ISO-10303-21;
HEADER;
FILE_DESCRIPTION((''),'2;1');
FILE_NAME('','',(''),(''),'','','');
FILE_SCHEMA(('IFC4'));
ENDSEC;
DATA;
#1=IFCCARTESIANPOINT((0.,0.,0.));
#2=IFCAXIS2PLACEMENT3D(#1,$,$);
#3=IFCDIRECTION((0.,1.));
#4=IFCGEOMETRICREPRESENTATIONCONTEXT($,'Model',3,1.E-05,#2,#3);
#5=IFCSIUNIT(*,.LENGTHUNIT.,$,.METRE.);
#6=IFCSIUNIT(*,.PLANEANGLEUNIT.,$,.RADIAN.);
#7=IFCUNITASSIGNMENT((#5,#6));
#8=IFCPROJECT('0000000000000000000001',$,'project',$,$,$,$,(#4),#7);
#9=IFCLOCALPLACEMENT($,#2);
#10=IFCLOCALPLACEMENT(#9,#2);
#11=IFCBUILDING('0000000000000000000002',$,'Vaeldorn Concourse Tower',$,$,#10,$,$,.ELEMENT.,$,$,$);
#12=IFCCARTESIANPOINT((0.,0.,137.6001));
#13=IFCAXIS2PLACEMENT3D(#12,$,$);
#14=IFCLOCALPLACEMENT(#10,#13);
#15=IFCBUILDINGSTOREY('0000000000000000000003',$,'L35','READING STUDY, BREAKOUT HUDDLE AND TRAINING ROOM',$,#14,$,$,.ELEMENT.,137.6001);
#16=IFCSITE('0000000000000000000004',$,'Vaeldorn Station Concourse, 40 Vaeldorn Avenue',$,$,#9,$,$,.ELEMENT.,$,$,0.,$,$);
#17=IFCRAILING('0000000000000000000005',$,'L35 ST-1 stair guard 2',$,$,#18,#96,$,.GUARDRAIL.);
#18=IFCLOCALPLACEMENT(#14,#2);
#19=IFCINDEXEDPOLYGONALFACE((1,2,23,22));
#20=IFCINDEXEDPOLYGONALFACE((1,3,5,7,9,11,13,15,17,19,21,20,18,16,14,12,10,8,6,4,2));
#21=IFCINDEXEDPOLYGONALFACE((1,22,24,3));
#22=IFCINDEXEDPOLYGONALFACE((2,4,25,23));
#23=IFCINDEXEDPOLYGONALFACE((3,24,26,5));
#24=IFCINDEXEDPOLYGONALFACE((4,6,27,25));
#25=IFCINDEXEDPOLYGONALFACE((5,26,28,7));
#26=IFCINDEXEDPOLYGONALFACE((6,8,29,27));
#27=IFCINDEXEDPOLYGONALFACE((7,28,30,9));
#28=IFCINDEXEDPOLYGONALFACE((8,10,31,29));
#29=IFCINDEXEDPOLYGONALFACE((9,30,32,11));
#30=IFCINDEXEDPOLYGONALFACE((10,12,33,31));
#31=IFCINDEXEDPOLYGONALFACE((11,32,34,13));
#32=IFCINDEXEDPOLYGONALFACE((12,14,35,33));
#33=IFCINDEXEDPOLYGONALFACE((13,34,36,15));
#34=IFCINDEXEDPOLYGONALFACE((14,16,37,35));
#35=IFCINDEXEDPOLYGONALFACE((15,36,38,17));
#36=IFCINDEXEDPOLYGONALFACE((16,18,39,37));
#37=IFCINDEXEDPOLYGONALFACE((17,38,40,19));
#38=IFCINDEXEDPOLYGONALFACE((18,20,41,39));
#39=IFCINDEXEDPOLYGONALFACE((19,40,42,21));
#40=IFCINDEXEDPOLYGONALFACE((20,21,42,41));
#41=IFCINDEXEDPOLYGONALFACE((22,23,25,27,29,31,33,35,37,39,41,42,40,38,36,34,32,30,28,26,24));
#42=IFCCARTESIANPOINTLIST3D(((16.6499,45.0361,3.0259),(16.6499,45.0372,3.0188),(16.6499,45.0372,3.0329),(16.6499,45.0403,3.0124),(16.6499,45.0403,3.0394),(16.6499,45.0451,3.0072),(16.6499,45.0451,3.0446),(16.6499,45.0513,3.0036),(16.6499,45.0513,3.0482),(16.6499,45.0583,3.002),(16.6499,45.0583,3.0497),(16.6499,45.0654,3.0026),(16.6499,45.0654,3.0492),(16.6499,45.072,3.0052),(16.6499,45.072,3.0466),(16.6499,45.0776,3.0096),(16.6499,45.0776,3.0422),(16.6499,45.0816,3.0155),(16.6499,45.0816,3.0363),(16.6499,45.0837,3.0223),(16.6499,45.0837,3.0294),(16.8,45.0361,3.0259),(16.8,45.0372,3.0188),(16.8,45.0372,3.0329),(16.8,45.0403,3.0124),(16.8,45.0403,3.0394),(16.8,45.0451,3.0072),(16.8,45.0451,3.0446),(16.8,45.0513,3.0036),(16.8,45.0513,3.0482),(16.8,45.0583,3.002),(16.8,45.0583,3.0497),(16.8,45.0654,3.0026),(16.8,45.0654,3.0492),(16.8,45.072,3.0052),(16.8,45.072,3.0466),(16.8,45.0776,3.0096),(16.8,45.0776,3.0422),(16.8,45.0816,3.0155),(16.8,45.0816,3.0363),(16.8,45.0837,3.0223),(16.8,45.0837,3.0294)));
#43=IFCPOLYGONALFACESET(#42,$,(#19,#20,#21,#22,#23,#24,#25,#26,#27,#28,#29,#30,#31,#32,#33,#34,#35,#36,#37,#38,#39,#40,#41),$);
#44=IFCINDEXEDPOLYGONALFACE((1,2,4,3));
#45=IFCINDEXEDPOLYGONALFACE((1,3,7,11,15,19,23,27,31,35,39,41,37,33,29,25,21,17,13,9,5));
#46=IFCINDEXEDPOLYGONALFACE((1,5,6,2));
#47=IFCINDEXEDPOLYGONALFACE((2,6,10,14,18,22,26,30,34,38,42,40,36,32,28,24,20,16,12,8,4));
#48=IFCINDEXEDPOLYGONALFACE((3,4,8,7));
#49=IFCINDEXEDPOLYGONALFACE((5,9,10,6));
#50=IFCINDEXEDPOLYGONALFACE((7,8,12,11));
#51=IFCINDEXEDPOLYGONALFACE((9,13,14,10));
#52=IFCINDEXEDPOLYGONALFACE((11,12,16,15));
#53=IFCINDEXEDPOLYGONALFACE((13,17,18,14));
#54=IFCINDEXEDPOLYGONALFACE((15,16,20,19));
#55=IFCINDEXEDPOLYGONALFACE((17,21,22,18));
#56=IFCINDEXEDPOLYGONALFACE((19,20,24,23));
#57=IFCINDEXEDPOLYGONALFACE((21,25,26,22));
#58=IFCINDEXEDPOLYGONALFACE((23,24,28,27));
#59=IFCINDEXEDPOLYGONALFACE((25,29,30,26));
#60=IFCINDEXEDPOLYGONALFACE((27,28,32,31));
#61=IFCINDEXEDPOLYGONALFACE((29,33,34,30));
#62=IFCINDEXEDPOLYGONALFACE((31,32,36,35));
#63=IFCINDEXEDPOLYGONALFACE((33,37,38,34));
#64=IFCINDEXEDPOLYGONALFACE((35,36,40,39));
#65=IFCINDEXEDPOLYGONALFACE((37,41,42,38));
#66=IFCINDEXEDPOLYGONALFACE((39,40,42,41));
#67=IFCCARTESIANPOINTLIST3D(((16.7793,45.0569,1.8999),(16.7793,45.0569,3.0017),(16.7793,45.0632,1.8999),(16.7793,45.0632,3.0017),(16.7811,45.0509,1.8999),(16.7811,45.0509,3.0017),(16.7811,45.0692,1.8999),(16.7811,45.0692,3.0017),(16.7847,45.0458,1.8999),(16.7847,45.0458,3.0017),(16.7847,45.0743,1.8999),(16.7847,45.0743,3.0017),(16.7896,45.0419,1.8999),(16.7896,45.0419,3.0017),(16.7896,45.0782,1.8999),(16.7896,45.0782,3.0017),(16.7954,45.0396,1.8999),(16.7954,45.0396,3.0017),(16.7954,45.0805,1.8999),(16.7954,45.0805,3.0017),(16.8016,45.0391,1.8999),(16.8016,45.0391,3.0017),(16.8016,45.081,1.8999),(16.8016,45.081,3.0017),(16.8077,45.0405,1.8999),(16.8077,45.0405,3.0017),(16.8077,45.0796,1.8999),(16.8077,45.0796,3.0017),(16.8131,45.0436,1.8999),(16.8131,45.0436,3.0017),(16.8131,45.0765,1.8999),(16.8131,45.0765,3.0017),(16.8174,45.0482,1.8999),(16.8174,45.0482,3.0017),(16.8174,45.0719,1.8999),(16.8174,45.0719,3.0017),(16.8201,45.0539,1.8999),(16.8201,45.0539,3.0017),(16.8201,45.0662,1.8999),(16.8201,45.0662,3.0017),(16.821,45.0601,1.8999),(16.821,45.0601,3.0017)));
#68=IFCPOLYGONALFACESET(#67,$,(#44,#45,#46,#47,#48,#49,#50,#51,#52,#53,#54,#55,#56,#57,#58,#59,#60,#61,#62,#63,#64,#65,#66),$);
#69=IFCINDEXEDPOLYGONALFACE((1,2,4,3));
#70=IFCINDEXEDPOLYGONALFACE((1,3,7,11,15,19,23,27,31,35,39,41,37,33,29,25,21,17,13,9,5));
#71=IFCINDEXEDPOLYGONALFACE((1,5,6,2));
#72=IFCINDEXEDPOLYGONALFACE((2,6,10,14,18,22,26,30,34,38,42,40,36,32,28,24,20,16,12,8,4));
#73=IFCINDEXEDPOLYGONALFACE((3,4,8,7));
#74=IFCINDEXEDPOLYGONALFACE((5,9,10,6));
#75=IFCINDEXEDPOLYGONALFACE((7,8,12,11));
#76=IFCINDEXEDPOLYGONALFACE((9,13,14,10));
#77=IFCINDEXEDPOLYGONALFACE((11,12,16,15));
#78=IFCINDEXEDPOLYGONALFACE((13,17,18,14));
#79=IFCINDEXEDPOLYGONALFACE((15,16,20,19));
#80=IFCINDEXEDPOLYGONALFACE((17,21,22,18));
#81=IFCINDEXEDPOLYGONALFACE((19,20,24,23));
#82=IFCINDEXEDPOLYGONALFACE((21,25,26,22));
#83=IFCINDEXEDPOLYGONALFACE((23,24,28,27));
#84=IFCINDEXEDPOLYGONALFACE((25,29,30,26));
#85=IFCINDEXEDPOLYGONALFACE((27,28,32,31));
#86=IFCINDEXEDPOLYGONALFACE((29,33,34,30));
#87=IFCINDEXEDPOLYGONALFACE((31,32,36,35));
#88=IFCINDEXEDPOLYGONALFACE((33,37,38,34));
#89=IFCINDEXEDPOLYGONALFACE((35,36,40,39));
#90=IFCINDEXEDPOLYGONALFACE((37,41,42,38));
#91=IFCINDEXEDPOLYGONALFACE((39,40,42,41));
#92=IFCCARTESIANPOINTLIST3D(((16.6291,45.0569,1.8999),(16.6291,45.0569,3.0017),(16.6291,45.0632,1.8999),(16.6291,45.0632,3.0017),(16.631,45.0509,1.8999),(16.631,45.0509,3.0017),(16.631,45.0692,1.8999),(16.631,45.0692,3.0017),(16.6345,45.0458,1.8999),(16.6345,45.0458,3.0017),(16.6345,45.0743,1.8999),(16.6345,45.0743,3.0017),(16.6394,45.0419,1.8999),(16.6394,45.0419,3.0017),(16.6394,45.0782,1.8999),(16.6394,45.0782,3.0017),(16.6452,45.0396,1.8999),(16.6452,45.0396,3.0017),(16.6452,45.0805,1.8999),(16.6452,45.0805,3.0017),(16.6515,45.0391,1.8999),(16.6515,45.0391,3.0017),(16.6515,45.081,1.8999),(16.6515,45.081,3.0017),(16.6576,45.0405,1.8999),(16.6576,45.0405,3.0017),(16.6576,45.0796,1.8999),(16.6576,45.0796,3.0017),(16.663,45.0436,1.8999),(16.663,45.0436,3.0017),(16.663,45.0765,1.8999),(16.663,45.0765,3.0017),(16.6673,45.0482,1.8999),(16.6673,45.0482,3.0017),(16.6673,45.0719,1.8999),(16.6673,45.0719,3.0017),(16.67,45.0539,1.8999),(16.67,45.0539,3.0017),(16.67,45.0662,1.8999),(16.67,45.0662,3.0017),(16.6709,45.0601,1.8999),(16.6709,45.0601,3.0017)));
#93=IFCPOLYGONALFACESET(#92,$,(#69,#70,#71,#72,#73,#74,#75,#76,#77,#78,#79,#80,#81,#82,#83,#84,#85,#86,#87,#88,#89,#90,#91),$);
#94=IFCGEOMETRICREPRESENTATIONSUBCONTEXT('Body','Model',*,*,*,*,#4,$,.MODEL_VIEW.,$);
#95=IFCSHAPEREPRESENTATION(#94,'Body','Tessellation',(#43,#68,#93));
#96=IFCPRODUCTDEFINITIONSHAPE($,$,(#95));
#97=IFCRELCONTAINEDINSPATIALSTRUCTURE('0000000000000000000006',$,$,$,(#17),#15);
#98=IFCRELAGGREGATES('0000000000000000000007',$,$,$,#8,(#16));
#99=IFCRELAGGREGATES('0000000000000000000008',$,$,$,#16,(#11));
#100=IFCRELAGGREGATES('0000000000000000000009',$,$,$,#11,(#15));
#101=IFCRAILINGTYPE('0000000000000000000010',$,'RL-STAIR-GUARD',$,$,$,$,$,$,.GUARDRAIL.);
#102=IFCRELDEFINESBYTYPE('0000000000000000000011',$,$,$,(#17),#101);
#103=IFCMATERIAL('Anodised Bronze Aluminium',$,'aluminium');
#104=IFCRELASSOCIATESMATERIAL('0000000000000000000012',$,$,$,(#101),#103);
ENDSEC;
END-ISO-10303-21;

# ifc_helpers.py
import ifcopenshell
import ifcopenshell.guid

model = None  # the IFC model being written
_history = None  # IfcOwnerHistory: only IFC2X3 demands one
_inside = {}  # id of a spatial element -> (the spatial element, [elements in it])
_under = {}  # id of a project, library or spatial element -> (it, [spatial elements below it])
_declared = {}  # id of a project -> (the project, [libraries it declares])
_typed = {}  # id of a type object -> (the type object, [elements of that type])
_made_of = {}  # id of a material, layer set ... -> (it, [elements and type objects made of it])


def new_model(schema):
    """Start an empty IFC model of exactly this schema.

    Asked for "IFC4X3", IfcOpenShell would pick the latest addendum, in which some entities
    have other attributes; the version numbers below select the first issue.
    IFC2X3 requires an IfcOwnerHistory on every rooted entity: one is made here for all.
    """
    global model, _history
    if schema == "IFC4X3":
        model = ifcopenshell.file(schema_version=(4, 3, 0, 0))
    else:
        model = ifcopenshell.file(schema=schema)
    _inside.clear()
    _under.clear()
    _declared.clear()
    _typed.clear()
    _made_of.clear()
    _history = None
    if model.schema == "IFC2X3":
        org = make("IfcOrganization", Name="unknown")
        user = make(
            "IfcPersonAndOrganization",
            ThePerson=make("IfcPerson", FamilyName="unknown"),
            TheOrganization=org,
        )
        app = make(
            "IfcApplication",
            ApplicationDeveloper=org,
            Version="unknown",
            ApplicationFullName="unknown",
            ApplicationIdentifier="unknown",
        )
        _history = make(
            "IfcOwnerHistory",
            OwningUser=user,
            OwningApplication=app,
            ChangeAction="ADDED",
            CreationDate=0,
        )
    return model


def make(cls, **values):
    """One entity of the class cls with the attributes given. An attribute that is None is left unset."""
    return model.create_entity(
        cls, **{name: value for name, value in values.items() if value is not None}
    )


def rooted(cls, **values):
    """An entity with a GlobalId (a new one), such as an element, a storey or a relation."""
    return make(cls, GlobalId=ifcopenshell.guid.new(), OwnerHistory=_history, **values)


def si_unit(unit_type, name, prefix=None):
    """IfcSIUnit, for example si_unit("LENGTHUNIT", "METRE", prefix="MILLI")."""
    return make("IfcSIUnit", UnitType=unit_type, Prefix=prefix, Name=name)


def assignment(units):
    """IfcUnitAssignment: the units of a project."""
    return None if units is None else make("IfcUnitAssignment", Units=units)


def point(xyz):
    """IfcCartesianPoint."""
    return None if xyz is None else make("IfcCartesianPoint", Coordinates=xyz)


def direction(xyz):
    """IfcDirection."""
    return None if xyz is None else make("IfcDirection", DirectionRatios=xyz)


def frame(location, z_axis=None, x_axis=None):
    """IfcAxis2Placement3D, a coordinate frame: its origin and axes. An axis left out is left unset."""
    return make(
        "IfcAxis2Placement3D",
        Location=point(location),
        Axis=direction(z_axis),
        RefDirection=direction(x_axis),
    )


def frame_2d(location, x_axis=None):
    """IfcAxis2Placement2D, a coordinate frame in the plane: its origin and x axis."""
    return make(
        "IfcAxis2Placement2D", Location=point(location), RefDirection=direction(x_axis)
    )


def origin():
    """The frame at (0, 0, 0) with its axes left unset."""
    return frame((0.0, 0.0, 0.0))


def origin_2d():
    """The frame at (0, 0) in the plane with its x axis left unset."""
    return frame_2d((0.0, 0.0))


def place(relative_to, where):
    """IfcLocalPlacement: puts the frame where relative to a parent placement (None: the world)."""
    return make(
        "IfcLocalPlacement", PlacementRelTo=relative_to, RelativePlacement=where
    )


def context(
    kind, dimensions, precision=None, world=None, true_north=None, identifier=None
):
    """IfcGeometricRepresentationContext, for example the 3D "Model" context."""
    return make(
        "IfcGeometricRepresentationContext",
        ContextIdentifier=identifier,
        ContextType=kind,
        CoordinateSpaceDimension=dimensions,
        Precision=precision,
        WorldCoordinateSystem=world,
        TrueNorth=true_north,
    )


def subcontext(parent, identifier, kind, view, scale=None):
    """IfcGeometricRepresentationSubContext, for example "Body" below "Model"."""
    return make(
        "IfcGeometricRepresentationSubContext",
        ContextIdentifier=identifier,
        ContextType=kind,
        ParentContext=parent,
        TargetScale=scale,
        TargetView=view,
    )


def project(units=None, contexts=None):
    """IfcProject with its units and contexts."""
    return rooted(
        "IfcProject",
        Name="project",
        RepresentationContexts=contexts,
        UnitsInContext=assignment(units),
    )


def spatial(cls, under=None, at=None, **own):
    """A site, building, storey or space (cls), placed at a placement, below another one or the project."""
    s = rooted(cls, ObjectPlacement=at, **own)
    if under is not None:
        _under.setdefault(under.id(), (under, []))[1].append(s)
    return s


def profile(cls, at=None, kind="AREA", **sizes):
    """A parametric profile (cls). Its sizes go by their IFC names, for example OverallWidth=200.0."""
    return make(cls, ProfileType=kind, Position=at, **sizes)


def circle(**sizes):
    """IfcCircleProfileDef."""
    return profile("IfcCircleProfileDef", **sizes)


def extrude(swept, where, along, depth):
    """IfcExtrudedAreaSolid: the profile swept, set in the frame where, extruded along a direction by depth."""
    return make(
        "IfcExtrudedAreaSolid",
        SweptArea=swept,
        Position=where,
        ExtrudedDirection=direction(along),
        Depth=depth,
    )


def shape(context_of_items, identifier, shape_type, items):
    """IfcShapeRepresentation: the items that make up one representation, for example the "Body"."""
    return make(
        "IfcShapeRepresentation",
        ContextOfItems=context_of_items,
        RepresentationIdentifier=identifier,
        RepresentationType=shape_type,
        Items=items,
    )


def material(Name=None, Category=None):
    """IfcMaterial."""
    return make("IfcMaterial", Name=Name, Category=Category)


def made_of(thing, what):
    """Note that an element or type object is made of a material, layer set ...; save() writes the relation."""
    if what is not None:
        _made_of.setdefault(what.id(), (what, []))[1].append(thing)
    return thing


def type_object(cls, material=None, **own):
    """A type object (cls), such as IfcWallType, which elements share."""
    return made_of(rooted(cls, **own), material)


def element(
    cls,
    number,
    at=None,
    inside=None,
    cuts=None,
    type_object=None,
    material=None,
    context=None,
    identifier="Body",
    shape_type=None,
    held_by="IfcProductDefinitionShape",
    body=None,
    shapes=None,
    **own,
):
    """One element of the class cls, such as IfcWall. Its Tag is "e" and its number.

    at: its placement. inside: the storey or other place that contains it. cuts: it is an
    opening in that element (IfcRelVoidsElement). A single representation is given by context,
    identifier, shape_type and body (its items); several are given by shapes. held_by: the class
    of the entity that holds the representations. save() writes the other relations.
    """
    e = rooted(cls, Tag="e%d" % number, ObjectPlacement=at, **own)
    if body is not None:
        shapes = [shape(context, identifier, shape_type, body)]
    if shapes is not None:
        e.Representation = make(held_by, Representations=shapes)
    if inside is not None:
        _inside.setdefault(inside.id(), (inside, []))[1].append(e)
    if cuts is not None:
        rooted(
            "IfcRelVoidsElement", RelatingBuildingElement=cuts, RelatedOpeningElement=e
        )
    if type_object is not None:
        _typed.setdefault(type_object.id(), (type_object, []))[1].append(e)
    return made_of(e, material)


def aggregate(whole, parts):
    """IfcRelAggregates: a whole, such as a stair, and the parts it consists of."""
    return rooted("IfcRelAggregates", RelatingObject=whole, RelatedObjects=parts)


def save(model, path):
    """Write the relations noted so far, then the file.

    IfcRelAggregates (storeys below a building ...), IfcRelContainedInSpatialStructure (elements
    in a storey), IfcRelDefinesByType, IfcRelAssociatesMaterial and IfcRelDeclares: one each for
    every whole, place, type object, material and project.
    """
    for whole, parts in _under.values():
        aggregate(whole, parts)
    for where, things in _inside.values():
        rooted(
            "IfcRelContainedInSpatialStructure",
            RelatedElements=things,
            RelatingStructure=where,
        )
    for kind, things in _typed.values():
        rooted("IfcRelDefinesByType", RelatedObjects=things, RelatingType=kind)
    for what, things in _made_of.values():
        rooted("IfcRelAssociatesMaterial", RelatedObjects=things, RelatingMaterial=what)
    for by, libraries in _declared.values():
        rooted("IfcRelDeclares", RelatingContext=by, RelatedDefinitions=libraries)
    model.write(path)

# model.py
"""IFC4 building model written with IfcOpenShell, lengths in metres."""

from ifc_helpers import new_model, si_unit, direction, frame, origin, origin_2d, place, context, subcontext, project, spatial, circle, extrude, material, type_object, element, save


model = new_model("IFC4")

# Units and contexts
model_context = context("Model", 3, precision=1e-05, world=origin(), true_north=direction((0.0, 1.0)))
body_context = subcontext(model_context, "Body", "Model", "MODEL_VIEW")
ifc_project = project(units=[si_unit("LENGTHUNIT", "METRE"), si_unit("PLANEANGLEUNIT", "RADIAN")], contexts=[model_context])

# Site, building, storey
site_placement = place(None, origin())
site = spatial("IfcSite", under=ifc_project, at=site_placement, Name="Vaeldorn Station Concourse, 40 Vaeldorn Avenue", CompositionType="ELEMENT", RefElevation=0.0)
building_placement = place(site_placement, origin())
building = spatial("IfcBuilding", under=site, at=building_placement, Name="Vaeldorn Concourse Tower", CompositionType="ELEMENT")
storey_placement = place(building_placement, frame((0.0, 0.0, 137.6001)))
storey = spatial("IfcBuildingStorey", under=building, at=storey_placement, Name="L35", Description="READING STUDY, BREAKOUT HUDDLE AND TRAINING ROOM", CompositionType="ELEMENT", Elevation=137.6001)

# Shared definitions
ifc_material_1 = material(Name="Anodised Bronze Aluminium", Category="aluminium")

# Railing
railing_type_1 = type_object("IfcRailingType", Name="RL-STAIR-GUARD", PredefinedType="GUARDRAIL", material=ifc_material_1)
railing_1_placement = place(storey_placement, frame((16.8, 45.0601, 1.8999)))
element("IfcRailing", 1, at=railing_1_placement, inside=storey, type_object=railing_type_1, Name="L35 ST-1 stair guard 2", PredefinedType="GUARDRAIL", context=body_context, shape_type="SweptSolid", body=[
    extrude(circle(Radius=0.0239, at=origin_2d()), frame((0.0, 0.0, 1.126), z_axis=(-1.0, 0.0, 0.0), x_axis=(0.0, -1.0, 0.0)), (0.0, 0.0, 1.0), 0.1501),
    extrude(circle(Radius=0.021, at=origin_2d()), origin(), (0.0, 0.0, 1.0), 1.1018),
    extrude(circle(Radius=0.021, at=origin_2d()), frame((-0.1501, 0.0, 0.0)), (0.0, 0.0, 1.0), 1.1018),
])

save(model, "model.ifc")
